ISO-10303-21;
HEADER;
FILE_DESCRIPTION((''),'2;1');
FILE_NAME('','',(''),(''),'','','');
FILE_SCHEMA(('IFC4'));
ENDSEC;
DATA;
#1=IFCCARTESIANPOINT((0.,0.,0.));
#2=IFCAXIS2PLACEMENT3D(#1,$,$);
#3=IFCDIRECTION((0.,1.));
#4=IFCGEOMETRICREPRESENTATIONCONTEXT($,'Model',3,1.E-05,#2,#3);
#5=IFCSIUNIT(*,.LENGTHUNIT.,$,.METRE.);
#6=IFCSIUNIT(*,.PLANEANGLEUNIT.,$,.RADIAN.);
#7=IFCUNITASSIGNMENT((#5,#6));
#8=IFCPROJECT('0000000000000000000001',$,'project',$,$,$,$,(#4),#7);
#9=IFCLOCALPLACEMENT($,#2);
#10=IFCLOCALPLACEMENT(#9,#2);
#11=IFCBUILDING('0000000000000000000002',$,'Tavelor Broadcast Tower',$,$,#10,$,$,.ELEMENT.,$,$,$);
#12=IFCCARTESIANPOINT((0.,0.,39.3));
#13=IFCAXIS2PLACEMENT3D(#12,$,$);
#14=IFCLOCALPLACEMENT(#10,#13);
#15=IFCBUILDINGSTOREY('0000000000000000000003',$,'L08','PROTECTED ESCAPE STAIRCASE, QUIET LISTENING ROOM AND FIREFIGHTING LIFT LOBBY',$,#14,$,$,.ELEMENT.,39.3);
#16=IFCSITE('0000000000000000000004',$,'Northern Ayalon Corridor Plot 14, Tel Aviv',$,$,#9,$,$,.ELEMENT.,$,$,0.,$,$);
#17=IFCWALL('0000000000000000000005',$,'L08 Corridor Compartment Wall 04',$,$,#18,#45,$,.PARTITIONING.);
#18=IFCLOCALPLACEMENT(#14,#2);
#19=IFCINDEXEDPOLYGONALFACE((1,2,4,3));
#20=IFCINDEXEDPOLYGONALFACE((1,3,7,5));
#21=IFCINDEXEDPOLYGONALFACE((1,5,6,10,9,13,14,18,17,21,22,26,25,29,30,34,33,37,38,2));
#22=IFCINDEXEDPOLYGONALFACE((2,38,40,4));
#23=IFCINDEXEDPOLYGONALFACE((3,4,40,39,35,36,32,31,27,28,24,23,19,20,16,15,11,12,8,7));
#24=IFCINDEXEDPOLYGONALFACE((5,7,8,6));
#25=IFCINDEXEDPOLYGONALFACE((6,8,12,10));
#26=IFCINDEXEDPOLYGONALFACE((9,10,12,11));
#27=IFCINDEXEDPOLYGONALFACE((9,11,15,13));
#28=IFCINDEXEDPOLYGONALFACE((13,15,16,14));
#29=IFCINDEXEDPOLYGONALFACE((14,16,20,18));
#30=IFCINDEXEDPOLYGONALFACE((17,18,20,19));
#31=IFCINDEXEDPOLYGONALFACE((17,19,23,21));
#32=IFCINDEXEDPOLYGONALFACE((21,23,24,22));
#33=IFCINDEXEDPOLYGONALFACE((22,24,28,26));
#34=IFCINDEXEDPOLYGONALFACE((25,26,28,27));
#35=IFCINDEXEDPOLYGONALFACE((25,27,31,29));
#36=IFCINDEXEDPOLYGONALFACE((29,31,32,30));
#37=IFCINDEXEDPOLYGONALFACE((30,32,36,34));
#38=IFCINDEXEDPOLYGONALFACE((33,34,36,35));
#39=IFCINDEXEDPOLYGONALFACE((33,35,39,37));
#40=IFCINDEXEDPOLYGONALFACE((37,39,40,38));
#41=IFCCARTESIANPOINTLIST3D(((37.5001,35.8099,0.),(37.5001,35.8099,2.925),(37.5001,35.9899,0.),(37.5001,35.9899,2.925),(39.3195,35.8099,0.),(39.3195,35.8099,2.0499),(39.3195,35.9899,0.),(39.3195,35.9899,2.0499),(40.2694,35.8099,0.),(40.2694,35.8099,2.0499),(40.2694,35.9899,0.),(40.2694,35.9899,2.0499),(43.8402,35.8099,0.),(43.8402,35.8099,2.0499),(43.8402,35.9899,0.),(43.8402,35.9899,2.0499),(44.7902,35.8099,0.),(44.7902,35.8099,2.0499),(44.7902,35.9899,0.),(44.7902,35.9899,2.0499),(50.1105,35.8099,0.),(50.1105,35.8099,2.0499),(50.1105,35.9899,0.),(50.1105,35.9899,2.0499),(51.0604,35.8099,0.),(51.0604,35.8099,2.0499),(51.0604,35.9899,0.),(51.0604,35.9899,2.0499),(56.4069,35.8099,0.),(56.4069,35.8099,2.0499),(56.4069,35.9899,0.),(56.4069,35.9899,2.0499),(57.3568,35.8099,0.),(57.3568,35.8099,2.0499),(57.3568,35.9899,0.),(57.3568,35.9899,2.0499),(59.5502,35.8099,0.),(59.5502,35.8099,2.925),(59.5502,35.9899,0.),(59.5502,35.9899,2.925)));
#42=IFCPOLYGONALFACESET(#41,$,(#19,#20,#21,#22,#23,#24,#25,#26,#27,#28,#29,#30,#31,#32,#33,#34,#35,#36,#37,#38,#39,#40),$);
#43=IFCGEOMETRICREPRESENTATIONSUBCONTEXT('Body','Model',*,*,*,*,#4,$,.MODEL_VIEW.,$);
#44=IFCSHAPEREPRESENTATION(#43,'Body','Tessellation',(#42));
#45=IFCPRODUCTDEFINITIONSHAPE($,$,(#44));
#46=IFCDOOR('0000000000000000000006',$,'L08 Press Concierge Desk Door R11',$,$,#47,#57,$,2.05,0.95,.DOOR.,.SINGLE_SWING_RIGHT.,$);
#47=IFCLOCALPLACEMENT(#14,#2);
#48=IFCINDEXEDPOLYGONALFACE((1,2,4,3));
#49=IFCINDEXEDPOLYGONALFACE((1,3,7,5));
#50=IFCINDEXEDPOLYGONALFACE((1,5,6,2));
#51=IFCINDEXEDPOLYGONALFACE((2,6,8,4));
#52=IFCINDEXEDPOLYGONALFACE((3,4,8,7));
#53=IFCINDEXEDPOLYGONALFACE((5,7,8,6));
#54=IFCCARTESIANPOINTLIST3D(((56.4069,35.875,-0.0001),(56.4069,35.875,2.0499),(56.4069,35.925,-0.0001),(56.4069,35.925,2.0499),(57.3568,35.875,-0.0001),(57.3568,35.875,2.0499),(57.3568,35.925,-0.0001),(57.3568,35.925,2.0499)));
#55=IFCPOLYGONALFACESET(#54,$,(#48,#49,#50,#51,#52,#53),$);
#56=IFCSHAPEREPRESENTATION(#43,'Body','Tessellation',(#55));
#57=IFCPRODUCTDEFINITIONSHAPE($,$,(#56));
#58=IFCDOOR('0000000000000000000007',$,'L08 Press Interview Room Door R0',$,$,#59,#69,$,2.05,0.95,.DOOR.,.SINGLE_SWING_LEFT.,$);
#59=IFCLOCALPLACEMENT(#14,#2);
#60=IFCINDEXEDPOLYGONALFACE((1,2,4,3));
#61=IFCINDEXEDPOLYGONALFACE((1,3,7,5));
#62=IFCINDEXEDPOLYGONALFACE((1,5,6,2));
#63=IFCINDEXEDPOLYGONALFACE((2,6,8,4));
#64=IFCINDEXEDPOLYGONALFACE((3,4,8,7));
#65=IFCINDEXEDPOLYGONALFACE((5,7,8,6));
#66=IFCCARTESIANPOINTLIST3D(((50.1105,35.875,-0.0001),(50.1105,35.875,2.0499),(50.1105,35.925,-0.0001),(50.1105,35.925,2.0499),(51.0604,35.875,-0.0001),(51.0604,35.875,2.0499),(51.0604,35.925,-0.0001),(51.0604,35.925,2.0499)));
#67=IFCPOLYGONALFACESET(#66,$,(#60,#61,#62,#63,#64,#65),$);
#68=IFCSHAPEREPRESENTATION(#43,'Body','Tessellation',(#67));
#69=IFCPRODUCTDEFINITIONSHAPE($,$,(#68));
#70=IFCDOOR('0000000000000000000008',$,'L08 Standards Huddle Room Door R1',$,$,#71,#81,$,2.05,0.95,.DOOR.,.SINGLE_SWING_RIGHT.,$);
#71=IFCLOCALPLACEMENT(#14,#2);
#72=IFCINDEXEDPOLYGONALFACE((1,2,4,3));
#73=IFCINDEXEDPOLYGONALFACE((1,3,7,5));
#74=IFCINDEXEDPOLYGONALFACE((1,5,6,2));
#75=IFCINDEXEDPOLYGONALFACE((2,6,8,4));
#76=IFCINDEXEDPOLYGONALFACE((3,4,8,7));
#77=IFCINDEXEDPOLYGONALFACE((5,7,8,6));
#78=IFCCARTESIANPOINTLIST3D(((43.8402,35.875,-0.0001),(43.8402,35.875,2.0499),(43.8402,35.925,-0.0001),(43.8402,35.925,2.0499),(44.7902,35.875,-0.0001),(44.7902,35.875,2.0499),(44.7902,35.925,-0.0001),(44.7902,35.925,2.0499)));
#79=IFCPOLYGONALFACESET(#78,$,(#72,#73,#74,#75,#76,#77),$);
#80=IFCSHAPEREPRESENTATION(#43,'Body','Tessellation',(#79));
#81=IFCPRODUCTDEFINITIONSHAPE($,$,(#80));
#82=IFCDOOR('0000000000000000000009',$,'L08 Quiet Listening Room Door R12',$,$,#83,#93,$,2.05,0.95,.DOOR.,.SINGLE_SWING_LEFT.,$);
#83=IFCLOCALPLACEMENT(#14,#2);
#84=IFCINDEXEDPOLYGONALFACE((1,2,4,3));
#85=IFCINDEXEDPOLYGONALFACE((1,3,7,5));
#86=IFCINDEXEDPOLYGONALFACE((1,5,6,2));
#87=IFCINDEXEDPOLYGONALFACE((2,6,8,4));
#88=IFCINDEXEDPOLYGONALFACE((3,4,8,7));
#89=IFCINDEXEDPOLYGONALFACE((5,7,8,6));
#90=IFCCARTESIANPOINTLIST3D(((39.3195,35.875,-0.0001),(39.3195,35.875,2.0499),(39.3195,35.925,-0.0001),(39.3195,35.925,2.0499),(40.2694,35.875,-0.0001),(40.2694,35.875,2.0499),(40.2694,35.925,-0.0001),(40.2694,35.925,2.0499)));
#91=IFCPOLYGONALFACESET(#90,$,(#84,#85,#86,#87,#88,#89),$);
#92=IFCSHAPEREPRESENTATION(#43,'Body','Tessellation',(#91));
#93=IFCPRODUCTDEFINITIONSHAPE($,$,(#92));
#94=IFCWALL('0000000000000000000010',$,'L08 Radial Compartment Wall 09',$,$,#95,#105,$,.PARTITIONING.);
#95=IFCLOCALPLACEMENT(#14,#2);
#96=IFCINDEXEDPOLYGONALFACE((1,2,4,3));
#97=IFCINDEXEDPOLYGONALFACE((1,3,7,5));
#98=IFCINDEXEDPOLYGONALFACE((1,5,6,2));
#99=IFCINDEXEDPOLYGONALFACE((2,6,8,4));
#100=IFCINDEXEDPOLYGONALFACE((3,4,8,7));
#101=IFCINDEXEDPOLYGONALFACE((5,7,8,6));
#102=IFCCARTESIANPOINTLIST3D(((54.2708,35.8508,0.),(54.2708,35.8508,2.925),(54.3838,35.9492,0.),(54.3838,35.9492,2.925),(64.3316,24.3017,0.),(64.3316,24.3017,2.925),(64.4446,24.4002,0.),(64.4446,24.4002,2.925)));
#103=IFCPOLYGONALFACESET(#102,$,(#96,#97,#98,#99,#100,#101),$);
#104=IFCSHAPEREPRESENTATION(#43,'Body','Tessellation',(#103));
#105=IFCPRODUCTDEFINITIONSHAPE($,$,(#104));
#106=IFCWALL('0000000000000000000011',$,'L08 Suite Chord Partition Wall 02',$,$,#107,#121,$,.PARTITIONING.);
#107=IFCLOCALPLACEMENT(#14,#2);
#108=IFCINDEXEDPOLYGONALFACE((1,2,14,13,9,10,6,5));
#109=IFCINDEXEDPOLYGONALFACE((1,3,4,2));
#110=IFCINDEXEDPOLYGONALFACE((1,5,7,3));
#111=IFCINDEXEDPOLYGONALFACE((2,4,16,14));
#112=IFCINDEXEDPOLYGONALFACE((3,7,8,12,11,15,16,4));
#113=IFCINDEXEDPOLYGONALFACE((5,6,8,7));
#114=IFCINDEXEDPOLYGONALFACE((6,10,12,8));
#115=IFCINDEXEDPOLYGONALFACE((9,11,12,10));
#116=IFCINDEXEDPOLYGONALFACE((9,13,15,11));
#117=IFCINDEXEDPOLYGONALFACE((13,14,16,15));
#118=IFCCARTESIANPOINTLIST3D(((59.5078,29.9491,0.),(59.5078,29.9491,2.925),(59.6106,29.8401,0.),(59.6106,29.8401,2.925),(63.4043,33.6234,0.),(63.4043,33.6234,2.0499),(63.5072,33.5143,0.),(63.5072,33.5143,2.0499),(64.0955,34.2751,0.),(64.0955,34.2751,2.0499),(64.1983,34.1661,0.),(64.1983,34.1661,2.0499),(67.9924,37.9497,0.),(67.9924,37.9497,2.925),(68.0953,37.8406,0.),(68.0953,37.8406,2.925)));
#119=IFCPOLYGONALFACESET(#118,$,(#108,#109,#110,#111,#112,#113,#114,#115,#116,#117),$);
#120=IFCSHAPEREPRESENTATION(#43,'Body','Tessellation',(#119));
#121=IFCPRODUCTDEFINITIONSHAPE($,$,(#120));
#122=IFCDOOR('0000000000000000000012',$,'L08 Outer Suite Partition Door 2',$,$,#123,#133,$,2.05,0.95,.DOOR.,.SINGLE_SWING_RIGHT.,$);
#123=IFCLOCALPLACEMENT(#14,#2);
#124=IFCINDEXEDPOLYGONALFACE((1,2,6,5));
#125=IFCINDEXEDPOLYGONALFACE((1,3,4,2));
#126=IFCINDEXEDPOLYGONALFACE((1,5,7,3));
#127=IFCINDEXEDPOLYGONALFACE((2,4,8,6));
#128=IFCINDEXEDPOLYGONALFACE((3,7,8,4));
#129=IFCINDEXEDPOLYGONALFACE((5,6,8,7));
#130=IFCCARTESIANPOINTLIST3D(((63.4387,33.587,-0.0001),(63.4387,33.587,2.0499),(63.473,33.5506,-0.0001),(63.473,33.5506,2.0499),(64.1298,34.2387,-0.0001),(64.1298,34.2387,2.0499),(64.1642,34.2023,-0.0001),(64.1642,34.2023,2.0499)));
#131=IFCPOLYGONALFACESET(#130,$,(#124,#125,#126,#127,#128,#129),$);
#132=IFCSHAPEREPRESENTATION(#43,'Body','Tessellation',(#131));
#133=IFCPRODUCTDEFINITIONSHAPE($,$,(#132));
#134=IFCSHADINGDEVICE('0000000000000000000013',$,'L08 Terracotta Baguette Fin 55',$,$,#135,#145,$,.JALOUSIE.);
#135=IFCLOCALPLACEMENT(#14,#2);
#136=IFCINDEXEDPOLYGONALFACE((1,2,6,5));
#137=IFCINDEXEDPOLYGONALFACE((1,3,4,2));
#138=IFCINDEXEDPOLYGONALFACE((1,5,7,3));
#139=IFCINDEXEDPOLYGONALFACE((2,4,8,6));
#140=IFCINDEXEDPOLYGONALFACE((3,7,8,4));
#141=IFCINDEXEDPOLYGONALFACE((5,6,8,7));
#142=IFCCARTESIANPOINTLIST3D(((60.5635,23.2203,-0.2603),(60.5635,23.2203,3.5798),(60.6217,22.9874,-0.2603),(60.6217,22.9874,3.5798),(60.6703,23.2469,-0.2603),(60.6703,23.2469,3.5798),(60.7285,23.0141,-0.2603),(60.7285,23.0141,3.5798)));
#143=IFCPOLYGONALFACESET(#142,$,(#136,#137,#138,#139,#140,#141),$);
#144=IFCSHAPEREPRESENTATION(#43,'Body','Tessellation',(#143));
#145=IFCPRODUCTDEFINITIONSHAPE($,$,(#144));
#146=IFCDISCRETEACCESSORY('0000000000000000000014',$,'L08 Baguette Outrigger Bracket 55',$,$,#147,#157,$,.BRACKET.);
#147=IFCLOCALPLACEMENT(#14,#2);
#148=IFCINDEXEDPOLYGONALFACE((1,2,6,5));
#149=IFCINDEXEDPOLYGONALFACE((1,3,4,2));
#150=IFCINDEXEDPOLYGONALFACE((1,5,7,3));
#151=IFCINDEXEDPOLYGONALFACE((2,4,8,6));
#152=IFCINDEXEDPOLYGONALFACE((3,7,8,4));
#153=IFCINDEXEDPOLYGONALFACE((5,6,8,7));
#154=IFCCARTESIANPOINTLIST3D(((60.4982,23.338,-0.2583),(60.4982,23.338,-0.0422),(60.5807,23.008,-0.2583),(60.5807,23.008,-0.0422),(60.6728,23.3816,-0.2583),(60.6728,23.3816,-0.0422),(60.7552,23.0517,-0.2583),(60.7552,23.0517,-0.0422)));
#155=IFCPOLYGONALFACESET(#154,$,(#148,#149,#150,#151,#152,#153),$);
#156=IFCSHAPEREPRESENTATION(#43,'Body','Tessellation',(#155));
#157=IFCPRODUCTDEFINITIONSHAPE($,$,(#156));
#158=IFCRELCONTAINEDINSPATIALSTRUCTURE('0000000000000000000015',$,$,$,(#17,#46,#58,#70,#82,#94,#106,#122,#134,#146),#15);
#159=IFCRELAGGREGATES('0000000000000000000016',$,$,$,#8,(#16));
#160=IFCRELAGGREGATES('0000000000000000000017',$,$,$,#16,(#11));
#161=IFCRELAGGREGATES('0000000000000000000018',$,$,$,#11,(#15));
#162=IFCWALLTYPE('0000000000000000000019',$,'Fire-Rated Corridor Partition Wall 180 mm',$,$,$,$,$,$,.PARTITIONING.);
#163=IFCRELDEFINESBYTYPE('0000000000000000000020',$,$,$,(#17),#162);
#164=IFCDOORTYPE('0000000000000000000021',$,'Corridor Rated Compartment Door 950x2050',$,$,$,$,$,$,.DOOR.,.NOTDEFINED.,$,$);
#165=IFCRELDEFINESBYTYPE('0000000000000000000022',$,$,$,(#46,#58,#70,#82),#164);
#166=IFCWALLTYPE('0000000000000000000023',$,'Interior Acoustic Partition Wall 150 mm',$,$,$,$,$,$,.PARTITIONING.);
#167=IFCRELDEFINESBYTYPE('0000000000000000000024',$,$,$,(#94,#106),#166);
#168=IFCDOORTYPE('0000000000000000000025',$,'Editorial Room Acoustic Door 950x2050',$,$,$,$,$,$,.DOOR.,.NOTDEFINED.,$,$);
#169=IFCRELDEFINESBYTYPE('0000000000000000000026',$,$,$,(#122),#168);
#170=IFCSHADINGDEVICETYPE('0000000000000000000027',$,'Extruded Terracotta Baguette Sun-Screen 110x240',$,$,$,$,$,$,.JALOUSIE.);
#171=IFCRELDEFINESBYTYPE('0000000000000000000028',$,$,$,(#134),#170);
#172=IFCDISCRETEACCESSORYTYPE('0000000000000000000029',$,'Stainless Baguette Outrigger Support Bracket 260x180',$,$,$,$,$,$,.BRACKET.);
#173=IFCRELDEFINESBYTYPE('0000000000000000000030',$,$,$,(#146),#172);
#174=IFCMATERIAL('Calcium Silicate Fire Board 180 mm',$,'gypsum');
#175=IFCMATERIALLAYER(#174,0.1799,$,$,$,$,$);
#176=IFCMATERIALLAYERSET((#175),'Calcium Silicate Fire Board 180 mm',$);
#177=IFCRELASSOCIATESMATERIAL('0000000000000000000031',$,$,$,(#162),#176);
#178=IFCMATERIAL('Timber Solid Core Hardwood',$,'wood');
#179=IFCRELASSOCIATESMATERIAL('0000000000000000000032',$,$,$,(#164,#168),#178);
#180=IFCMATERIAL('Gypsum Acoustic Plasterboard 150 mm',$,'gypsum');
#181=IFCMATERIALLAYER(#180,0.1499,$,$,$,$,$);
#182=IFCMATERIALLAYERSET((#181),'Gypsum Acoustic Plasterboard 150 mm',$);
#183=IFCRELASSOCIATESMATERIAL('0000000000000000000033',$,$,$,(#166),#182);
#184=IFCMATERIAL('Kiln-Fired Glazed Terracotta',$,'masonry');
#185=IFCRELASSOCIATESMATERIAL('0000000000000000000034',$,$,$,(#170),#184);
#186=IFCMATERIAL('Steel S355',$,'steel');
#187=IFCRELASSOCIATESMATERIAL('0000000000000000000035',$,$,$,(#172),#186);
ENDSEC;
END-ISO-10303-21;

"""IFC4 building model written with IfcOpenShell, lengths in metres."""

from ifc_helpers import new_model, si_unit, direction, frame, frame_2d, origin, origin_2d, place, context, subcontext, project, spatial, rectangle, extrude, source, transform, mapped, material, layer, layer_set, type_object, type_shapes, element, fill, save


model = new_model("IFC4")

# Units and contexts
model_context = context("Model", 3, precision=1e-05, world=origin(), true_north=direction((0.0, 1.0)))
body_context = subcontext(model_context, "Body", "Model", "MODEL_VIEW")
ifc_project = project(units=[si_unit("LENGTHUNIT", "METRE"), si_unit("PLANEANGLEUNIT", "RADIAN")], contexts=[model_context])

# Site, building, storey
site_placement = place(None, origin())
site = spatial("IfcSite", under=ifc_project, at=site_placement, Name="Northern Ayalon Corridor Plot 14, Tel Aviv", CompositionType="ELEMENT", RefElevation=0.0)
building_placement = place(site_placement, origin())
building = spatial("IfcBuilding", under=site, at=building_placement, Name="Tavelor Broadcast Tower", CompositionType="ELEMENT")
storey_placement = place(building_placement, frame((0.0, 0.0, 39.3)))
storey = spatial("IfcBuildingStorey", under=building, at=storey_placement, Name="L08", Description="PROTECTED ESCAPE STAIRCASE, QUIET LISTENING ROOM AND FIREFIGHTING LIFT LOBBY", CompositionType="ELEMENT", Elevation=39.3)

# Shared definitions
ifc_material_1 = material(Name="Steel S355", Category="steel")

# Wall, openings, doors
ifc_material_2 = material(Name="Calcium Silicate Fire Board 180 mm", Category="gypsum")
ifc_layer_1 = layer(ifc_material_2, 0.1799)
ifc_layer_set_1 = layer_set([ifc_layer_1], Name="Calcium Silicate Fire Board 180 mm")
wall_type_1 = type_object("IfcWallType", Name="Fire-Rated Corridor Partition Wall 180 mm", PredefinedType="PARTITIONING", material=ifc_layer_set_1)
wall_1_placement = place(storey_placement, frame((59.55, 35.8999, 0.0), z_axis=(0.0, 0.0, 1.0), x_axis=(-1.0, 0.0, 0.0)))
wall_1 = element("IfcWall", 1, at=wall_1_placement, inside=storey, type_object=wall_type_1, Name="L08 Corridor Compartment Wall 04", PredefinedType="PARTITIONING", context=body_context, shape_type="SweptSolid", body=[
    extrude(rectangle(XDim=22.05, YDim=0.1799, at=frame_2d((11.0249, 0.0))), origin(), (0.0, 0.0, 1.0), 2.925),
])
opening_1_placement = place(wall_1_placement, frame((2.1931, 0.0, 0.0)))
opening_1 = element("IfcOpeningElement", 2, at=opening_1_placement, cuts=wall_1, PredefinedType="OPENING", context=body_context, shape_type="SweptSolid", body=[
    extrude(rectangle(XDim=0.95, YDim=2.05, at=frame_2d((0.4751, 1.0249))), frame((0.0, 0.1001, 0.0), z_axis=(0.0, -1.0, 0.0), x_axis=(1.0, 0.0, 0.0)), (0.0, 0.0, 1.0), 0.2),
])
opening_2_placement = place(wall_1_placement, frame((8.4895, 0.0, 0.0)))
opening_2 = element("IfcOpeningElement", 3, at=opening_2_placement, cuts=wall_1, PredefinedType="OPENING", context=body_context, shape_type="SweptSolid", body=[
    extrude(rectangle(XDim=0.95, YDim=2.05, at=frame_2d((0.4751, 1.0249))), frame((0.0, 0.1001, 0.0), z_axis=(0.0, -1.0, 0.0), x_axis=(1.0, 0.0, 0.0)), (0.0, 0.0, 1.0), 0.2),
])
opening_3_placement = place(wall_1_placement, frame((14.7598, 0.0, 0.0)))
opening_3 = element("IfcOpeningElement", 4, at=opening_3_placement, cuts=wall_1, PredefinedType="OPENING", context=body_context, shape_type="SweptSolid", body=[
    extrude(rectangle(XDim=0.95, YDim=2.05, at=frame_2d((0.4751, 1.0249))), frame((0.0, 0.1001, 0.0), z_axis=(0.0, -1.0, 0.0), x_axis=(1.0, 0.0, 0.0)), (0.0, 0.0, 1.0), 0.2),
])
opening_4_placement = place(wall_1_placement, frame((19.2805, 0.0, 0.0)))
opening_4 = element("IfcOpeningElement", 5, at=opening_4_placement, cuts=wall_1, PredefinedType="OPENING", context=body_context, shape_type="SweptSolid", body=[
    extrude(rectangle(XDim=0.95, YDim=2.05, at=frame_2d((0.4751, 1.0249))), frame((0.0, 0.1001, 0.0), z_axis=(0.0, -1.0, 0.0), x_axis=(1.0, 0.0, 0.0)), (0.0, 0.0, 1.0), 0.2),
])
ifc_material_3 = material(Name="Timber Solid Core Hardwood", Category="wood")
door_type_1 = type_object("IfcDoorType", Name="Corridor Rated Compartment Door 950x2050", OperationType="NOTDEFINED", PredefinedType="DOOR", material=ifc_material_3)
door_1_placement = place(opening_1_placement, origin())
door_1 = element("IfcDoor", 6, at=door_1_placement, inside=storey, type_object=door_type_1, Name="L08 Press Concierge Desk Door R11", OperationType="SINGLE_SWING_RIGHT", OverallHeight=2.05, OverallWidth=0.95, PredefinedType="DOOR", context=body_context, shape_type="SweptSolid", body=[
    extrude(rectangle(XDim=0.95, YDim=2.05, at=frame_2d((0.4751, 1.0249))), frame((0.0, 0.0249, 0.0), z_axis=(0.0, -1.0, 0.0), x_axis=(1.0, 0.0, 0.0)), (0.0, 0.0, 1.0), 0.05),
])
fill(opening_1, door_1)
door_2_placement = place(opening_2_placement, origin())
door_2 = element("IfcDoor", 7, at=door_2_placement, inside=storey, type_object=door_type_1, Name="L08 Press Interview Room Door R0", OperationType="SINGLE_SWING_LEFT", OverallHeight=2.05, OverallWidth=0.95, PredefinedType="DOOR", context=body_context, shape_type="SweptSolid", body=[
    extrude(rectangle(XDim=0.95, YDim=2.05, at=frame_2d((0.4751, 1.0249))), frame((0.0, 0.0249, 0.0), z_axis=(0.0, -1.0, 0.0), x_axis=(1.0, 0.0, 0.0)), (0.0, 0.0, 1.0), 0.05),
])
fill(opening_2, door_2)
door_3_placement = place(opening_3_placement, origin())
door_3 = element("IfcDoor", 8, at=door_3_placement, inside=storey, type_object=door_type_1, Name="L08 Standards Huddle Room Door R1", OperationType="SINGLE_SWING_RIGHT", OverallHeight=2.05, OverallWidth=0.95, PredefinedType="DOOR", context=body_context, shape_type="SweptSolid", body=[
    extrude(rectangle(XDim=0.95, YDim=2.05, at=frame_2d((0.4751, 1.0249))), frame((0.0, 0.0249, 0.0), z_axis=(0.0, -1.0, 0.0), x_axis=(1.0, 0.0, 0.0)), (0.0, 0.0, 1.0), 0.05),
])
fill(opening_3, door_3)
door_4_placement = place(opening_4_placement, origin())
door_4 = element("IfcDoor", 9, at=door_4_placement, inside=storey, type_object=door_type_1, Name="L08 Quiet Listening Room Door R12", OperationType="SINGLE_SWING_LEFT", OverallHeight=2.05, OverallWidth=0.95, PredefinedType="DOOR", context=body_context, shape_type="SweptSolid", body=[
    extrude(rectangle(XDim=0.95, YDim=2.05, at=frame_2d((0.4751, 1.0249))), frame((0.0, 0.0249, 0.0), z_axis=(0.0, -1.0, 0.0), x_axis=(1.0, 0.0, 0.0)), (0.0, 0.0, 1.0), 0.05),
])
fill(opening_4, door_4)

# Wall
ifc_material_4 = material(Name="Gypsum Acoustic Plasterboard 150 mm", Category="gypsum")
ifc_layer_2 = layer(ifc_material_4, 0.1499)
ifc_layer_set_2 = layer_set([ifc_layer_2], Name="Gypsum Acoustic Plasterboard 150 mm")
wall_type_2 = type_object("IfcWallType", Name="Interior Acoustic Partition Wall 150 mm", PredefinedType="PARTITIONING", material=ifc_layer_set_2)
wall_2_placement = place(storey_placement, frame((54.3274, 35.8999, 0.0), z_axis=(0.0, 0.0, 1.0), x_axis=(0.656852, -0.754019, 0.0)))
element("IfcWall", 10, at=wall_2_placement, inside=storey, type_object=wall_type_2, Name="L08 Radial Compartment Wall 09", PredefinedType="PARTITIONING", context=body_context, shape_type="SweptSolid", body=[
    extrude(rectangle(XDim=15.3167, YDim=0.1499, at=frame_2d((7.6582, 0.0))), origin(), (0.0, 0.0, 1.0), 2.925),
])

# Wall, opening, door
wall_3_placement = place(storey_placement, frame((59.5591, 29.8945, 0.0), z_axis=(0.0, 0.0, 1.0), x_axis=(0.727559, 0.686045, 0.0)))
wall_3 = element("IfcWall", 11, at=wall_3_placement, inside=storey, type_object=wall_type_2, Name="L08 Suite Chord Partition Wall 02", PredefinedType="PARTITIONING", context=body_context, shape_type="SweptSolid", body=[
    extrude(rectangle(XDim=11.6619, YDim=0.1499, at=frame_2d((5.8311, 0.0))), origin(), (0.0, 0.0, 1.0), 2.925),
])
opening_5_placement = place(wall_3_placement, frame((5.3557, 0.0, 0.0)))
opening_5 = element("IfcOpeningElement", 12, at=opening_5_placement, cuts=wall_3, PredefinedType="OPENING", context=body_context, shape_type="SweptSolid", body=[
    extrude(rectangle(XDim=0.95, YDim=2.05, at=frame_2d((0.4751, 1.0249))), frame((0.0, 0.085, 0.0), z_axis=(0.0, -1.0, 0.0), x_axis=(1.0, 0.0, 0.0)), (0.0, 0.0, 1.0), 0.1699),
])
door_type_2 = type_object("IfcDoorType", Name="Editorial Room Acoustic Door 950x2050", OperationType="NOTDEFINED", PredefinedType="DOOR", material=ifc_material_3)
door_5_placement = place(opening_5_placement, origin())
door_5 = element("IfcDoor", 13, at=door_5_placement, inside=storey, type_object=door_type_2, Name="L08 Outer Suite Partition Door 2", OperationType="SINGLE_SWING_RIGHT", OverallHeight=2.05, OverallWidth=0.95, PredefinedType="DOOR", context=body_context, shape_type="SweptSolid", body=[
    extrude(rectangle(XDim=0.95, YDim=2.05, at=frame_2d((0.4751, 1.0249))), frame((0.0, 0.0249, 0.0), z_axis=(0.0, -1.0, 0.0), x_axis=(1.0, 0.0, 0.0)), (0.0, 0.0, 1.0), 0.05),
])
fill(opening_5, door_5)

# Shading device
ifc_material_5 = material(Name="Kiln-Fired Glazed Terracotta", Category="masonry")
shading_device_type = type_object("IfcShadingDeviceType", Name="Extruded Terracotta Baguette Sun-Screen 110x240", PredefinedType="JALOUSIE", material=ifc_material_5)
shared_shape_1 = source(origin(), body_context, "Body", "SweptSolid", [
    extrude(rectangle(XDim=0.1101, YDim=0.24, at=origin_2d()), origin(), (0.0, 0.0, 1.0), 3.8401),
])
type_shapes(shading_device_type, [shared_shape_1])
shading_device_placement = place(storey_placement, frame((60.646, 23.1172, -0.2603), z_axis=(0.0, 0.0, 1.0), x_axis=(0.970169, 0.24243, 0.0)))
element("IfcShadingDevice", 14, at=shading_device_placement, inside=storey, type_object=shading_device_type, Name="L08 Terracotta Baguette Fin 55", PredefinedType="JALOUSIE", context=body_context, shape_type="MappedRepresentation", body=[
    mapped(shared_shape_1, transform((0.0, 0.0, 0.0), scale=1.0)),
])

# Discrete accessory
discrete_accessory_type = type_object("IfcDiscreteAccessoryType", Name="Stainless Baguette Outrigger Support Bracket 260x180", PredefinedType="BRACKET", material=ifc_material_1)
shared_shape_2 = source(origin(), body_context, "Body", "SweptSolid", [
    extrude(rectangle(XDim=0.1799, YDim=0.3401, at=origin_2d()), origin(), (0.0, 0.0, 1.0), 0.2161),
])
type_shapes(discrete_accessory_type, [shared_shape_2])
discrete_accessory_placement = place(storey_placement, frame((60.6267, 23.1948, -0.2583), z_axis=(0.0, 0.0, 1.0), x_axis=(0.970169, 0.24243, 0.0)))
element("IfcDiscreteAccessory", 15, at=discrete_accessory_placement, inside=storey, type_object=discrete_accessory_type, Name="L08 Baguette Outrigger Bracket 55", PredefinedType="BRACKET", context=body_context, shape_type="MappedRepresentation", body=[
    mapped(shared_shape_2, transform((0.0, 0.0, 0.0), scale=1.0)),
])

save(model, "model.ifc")
